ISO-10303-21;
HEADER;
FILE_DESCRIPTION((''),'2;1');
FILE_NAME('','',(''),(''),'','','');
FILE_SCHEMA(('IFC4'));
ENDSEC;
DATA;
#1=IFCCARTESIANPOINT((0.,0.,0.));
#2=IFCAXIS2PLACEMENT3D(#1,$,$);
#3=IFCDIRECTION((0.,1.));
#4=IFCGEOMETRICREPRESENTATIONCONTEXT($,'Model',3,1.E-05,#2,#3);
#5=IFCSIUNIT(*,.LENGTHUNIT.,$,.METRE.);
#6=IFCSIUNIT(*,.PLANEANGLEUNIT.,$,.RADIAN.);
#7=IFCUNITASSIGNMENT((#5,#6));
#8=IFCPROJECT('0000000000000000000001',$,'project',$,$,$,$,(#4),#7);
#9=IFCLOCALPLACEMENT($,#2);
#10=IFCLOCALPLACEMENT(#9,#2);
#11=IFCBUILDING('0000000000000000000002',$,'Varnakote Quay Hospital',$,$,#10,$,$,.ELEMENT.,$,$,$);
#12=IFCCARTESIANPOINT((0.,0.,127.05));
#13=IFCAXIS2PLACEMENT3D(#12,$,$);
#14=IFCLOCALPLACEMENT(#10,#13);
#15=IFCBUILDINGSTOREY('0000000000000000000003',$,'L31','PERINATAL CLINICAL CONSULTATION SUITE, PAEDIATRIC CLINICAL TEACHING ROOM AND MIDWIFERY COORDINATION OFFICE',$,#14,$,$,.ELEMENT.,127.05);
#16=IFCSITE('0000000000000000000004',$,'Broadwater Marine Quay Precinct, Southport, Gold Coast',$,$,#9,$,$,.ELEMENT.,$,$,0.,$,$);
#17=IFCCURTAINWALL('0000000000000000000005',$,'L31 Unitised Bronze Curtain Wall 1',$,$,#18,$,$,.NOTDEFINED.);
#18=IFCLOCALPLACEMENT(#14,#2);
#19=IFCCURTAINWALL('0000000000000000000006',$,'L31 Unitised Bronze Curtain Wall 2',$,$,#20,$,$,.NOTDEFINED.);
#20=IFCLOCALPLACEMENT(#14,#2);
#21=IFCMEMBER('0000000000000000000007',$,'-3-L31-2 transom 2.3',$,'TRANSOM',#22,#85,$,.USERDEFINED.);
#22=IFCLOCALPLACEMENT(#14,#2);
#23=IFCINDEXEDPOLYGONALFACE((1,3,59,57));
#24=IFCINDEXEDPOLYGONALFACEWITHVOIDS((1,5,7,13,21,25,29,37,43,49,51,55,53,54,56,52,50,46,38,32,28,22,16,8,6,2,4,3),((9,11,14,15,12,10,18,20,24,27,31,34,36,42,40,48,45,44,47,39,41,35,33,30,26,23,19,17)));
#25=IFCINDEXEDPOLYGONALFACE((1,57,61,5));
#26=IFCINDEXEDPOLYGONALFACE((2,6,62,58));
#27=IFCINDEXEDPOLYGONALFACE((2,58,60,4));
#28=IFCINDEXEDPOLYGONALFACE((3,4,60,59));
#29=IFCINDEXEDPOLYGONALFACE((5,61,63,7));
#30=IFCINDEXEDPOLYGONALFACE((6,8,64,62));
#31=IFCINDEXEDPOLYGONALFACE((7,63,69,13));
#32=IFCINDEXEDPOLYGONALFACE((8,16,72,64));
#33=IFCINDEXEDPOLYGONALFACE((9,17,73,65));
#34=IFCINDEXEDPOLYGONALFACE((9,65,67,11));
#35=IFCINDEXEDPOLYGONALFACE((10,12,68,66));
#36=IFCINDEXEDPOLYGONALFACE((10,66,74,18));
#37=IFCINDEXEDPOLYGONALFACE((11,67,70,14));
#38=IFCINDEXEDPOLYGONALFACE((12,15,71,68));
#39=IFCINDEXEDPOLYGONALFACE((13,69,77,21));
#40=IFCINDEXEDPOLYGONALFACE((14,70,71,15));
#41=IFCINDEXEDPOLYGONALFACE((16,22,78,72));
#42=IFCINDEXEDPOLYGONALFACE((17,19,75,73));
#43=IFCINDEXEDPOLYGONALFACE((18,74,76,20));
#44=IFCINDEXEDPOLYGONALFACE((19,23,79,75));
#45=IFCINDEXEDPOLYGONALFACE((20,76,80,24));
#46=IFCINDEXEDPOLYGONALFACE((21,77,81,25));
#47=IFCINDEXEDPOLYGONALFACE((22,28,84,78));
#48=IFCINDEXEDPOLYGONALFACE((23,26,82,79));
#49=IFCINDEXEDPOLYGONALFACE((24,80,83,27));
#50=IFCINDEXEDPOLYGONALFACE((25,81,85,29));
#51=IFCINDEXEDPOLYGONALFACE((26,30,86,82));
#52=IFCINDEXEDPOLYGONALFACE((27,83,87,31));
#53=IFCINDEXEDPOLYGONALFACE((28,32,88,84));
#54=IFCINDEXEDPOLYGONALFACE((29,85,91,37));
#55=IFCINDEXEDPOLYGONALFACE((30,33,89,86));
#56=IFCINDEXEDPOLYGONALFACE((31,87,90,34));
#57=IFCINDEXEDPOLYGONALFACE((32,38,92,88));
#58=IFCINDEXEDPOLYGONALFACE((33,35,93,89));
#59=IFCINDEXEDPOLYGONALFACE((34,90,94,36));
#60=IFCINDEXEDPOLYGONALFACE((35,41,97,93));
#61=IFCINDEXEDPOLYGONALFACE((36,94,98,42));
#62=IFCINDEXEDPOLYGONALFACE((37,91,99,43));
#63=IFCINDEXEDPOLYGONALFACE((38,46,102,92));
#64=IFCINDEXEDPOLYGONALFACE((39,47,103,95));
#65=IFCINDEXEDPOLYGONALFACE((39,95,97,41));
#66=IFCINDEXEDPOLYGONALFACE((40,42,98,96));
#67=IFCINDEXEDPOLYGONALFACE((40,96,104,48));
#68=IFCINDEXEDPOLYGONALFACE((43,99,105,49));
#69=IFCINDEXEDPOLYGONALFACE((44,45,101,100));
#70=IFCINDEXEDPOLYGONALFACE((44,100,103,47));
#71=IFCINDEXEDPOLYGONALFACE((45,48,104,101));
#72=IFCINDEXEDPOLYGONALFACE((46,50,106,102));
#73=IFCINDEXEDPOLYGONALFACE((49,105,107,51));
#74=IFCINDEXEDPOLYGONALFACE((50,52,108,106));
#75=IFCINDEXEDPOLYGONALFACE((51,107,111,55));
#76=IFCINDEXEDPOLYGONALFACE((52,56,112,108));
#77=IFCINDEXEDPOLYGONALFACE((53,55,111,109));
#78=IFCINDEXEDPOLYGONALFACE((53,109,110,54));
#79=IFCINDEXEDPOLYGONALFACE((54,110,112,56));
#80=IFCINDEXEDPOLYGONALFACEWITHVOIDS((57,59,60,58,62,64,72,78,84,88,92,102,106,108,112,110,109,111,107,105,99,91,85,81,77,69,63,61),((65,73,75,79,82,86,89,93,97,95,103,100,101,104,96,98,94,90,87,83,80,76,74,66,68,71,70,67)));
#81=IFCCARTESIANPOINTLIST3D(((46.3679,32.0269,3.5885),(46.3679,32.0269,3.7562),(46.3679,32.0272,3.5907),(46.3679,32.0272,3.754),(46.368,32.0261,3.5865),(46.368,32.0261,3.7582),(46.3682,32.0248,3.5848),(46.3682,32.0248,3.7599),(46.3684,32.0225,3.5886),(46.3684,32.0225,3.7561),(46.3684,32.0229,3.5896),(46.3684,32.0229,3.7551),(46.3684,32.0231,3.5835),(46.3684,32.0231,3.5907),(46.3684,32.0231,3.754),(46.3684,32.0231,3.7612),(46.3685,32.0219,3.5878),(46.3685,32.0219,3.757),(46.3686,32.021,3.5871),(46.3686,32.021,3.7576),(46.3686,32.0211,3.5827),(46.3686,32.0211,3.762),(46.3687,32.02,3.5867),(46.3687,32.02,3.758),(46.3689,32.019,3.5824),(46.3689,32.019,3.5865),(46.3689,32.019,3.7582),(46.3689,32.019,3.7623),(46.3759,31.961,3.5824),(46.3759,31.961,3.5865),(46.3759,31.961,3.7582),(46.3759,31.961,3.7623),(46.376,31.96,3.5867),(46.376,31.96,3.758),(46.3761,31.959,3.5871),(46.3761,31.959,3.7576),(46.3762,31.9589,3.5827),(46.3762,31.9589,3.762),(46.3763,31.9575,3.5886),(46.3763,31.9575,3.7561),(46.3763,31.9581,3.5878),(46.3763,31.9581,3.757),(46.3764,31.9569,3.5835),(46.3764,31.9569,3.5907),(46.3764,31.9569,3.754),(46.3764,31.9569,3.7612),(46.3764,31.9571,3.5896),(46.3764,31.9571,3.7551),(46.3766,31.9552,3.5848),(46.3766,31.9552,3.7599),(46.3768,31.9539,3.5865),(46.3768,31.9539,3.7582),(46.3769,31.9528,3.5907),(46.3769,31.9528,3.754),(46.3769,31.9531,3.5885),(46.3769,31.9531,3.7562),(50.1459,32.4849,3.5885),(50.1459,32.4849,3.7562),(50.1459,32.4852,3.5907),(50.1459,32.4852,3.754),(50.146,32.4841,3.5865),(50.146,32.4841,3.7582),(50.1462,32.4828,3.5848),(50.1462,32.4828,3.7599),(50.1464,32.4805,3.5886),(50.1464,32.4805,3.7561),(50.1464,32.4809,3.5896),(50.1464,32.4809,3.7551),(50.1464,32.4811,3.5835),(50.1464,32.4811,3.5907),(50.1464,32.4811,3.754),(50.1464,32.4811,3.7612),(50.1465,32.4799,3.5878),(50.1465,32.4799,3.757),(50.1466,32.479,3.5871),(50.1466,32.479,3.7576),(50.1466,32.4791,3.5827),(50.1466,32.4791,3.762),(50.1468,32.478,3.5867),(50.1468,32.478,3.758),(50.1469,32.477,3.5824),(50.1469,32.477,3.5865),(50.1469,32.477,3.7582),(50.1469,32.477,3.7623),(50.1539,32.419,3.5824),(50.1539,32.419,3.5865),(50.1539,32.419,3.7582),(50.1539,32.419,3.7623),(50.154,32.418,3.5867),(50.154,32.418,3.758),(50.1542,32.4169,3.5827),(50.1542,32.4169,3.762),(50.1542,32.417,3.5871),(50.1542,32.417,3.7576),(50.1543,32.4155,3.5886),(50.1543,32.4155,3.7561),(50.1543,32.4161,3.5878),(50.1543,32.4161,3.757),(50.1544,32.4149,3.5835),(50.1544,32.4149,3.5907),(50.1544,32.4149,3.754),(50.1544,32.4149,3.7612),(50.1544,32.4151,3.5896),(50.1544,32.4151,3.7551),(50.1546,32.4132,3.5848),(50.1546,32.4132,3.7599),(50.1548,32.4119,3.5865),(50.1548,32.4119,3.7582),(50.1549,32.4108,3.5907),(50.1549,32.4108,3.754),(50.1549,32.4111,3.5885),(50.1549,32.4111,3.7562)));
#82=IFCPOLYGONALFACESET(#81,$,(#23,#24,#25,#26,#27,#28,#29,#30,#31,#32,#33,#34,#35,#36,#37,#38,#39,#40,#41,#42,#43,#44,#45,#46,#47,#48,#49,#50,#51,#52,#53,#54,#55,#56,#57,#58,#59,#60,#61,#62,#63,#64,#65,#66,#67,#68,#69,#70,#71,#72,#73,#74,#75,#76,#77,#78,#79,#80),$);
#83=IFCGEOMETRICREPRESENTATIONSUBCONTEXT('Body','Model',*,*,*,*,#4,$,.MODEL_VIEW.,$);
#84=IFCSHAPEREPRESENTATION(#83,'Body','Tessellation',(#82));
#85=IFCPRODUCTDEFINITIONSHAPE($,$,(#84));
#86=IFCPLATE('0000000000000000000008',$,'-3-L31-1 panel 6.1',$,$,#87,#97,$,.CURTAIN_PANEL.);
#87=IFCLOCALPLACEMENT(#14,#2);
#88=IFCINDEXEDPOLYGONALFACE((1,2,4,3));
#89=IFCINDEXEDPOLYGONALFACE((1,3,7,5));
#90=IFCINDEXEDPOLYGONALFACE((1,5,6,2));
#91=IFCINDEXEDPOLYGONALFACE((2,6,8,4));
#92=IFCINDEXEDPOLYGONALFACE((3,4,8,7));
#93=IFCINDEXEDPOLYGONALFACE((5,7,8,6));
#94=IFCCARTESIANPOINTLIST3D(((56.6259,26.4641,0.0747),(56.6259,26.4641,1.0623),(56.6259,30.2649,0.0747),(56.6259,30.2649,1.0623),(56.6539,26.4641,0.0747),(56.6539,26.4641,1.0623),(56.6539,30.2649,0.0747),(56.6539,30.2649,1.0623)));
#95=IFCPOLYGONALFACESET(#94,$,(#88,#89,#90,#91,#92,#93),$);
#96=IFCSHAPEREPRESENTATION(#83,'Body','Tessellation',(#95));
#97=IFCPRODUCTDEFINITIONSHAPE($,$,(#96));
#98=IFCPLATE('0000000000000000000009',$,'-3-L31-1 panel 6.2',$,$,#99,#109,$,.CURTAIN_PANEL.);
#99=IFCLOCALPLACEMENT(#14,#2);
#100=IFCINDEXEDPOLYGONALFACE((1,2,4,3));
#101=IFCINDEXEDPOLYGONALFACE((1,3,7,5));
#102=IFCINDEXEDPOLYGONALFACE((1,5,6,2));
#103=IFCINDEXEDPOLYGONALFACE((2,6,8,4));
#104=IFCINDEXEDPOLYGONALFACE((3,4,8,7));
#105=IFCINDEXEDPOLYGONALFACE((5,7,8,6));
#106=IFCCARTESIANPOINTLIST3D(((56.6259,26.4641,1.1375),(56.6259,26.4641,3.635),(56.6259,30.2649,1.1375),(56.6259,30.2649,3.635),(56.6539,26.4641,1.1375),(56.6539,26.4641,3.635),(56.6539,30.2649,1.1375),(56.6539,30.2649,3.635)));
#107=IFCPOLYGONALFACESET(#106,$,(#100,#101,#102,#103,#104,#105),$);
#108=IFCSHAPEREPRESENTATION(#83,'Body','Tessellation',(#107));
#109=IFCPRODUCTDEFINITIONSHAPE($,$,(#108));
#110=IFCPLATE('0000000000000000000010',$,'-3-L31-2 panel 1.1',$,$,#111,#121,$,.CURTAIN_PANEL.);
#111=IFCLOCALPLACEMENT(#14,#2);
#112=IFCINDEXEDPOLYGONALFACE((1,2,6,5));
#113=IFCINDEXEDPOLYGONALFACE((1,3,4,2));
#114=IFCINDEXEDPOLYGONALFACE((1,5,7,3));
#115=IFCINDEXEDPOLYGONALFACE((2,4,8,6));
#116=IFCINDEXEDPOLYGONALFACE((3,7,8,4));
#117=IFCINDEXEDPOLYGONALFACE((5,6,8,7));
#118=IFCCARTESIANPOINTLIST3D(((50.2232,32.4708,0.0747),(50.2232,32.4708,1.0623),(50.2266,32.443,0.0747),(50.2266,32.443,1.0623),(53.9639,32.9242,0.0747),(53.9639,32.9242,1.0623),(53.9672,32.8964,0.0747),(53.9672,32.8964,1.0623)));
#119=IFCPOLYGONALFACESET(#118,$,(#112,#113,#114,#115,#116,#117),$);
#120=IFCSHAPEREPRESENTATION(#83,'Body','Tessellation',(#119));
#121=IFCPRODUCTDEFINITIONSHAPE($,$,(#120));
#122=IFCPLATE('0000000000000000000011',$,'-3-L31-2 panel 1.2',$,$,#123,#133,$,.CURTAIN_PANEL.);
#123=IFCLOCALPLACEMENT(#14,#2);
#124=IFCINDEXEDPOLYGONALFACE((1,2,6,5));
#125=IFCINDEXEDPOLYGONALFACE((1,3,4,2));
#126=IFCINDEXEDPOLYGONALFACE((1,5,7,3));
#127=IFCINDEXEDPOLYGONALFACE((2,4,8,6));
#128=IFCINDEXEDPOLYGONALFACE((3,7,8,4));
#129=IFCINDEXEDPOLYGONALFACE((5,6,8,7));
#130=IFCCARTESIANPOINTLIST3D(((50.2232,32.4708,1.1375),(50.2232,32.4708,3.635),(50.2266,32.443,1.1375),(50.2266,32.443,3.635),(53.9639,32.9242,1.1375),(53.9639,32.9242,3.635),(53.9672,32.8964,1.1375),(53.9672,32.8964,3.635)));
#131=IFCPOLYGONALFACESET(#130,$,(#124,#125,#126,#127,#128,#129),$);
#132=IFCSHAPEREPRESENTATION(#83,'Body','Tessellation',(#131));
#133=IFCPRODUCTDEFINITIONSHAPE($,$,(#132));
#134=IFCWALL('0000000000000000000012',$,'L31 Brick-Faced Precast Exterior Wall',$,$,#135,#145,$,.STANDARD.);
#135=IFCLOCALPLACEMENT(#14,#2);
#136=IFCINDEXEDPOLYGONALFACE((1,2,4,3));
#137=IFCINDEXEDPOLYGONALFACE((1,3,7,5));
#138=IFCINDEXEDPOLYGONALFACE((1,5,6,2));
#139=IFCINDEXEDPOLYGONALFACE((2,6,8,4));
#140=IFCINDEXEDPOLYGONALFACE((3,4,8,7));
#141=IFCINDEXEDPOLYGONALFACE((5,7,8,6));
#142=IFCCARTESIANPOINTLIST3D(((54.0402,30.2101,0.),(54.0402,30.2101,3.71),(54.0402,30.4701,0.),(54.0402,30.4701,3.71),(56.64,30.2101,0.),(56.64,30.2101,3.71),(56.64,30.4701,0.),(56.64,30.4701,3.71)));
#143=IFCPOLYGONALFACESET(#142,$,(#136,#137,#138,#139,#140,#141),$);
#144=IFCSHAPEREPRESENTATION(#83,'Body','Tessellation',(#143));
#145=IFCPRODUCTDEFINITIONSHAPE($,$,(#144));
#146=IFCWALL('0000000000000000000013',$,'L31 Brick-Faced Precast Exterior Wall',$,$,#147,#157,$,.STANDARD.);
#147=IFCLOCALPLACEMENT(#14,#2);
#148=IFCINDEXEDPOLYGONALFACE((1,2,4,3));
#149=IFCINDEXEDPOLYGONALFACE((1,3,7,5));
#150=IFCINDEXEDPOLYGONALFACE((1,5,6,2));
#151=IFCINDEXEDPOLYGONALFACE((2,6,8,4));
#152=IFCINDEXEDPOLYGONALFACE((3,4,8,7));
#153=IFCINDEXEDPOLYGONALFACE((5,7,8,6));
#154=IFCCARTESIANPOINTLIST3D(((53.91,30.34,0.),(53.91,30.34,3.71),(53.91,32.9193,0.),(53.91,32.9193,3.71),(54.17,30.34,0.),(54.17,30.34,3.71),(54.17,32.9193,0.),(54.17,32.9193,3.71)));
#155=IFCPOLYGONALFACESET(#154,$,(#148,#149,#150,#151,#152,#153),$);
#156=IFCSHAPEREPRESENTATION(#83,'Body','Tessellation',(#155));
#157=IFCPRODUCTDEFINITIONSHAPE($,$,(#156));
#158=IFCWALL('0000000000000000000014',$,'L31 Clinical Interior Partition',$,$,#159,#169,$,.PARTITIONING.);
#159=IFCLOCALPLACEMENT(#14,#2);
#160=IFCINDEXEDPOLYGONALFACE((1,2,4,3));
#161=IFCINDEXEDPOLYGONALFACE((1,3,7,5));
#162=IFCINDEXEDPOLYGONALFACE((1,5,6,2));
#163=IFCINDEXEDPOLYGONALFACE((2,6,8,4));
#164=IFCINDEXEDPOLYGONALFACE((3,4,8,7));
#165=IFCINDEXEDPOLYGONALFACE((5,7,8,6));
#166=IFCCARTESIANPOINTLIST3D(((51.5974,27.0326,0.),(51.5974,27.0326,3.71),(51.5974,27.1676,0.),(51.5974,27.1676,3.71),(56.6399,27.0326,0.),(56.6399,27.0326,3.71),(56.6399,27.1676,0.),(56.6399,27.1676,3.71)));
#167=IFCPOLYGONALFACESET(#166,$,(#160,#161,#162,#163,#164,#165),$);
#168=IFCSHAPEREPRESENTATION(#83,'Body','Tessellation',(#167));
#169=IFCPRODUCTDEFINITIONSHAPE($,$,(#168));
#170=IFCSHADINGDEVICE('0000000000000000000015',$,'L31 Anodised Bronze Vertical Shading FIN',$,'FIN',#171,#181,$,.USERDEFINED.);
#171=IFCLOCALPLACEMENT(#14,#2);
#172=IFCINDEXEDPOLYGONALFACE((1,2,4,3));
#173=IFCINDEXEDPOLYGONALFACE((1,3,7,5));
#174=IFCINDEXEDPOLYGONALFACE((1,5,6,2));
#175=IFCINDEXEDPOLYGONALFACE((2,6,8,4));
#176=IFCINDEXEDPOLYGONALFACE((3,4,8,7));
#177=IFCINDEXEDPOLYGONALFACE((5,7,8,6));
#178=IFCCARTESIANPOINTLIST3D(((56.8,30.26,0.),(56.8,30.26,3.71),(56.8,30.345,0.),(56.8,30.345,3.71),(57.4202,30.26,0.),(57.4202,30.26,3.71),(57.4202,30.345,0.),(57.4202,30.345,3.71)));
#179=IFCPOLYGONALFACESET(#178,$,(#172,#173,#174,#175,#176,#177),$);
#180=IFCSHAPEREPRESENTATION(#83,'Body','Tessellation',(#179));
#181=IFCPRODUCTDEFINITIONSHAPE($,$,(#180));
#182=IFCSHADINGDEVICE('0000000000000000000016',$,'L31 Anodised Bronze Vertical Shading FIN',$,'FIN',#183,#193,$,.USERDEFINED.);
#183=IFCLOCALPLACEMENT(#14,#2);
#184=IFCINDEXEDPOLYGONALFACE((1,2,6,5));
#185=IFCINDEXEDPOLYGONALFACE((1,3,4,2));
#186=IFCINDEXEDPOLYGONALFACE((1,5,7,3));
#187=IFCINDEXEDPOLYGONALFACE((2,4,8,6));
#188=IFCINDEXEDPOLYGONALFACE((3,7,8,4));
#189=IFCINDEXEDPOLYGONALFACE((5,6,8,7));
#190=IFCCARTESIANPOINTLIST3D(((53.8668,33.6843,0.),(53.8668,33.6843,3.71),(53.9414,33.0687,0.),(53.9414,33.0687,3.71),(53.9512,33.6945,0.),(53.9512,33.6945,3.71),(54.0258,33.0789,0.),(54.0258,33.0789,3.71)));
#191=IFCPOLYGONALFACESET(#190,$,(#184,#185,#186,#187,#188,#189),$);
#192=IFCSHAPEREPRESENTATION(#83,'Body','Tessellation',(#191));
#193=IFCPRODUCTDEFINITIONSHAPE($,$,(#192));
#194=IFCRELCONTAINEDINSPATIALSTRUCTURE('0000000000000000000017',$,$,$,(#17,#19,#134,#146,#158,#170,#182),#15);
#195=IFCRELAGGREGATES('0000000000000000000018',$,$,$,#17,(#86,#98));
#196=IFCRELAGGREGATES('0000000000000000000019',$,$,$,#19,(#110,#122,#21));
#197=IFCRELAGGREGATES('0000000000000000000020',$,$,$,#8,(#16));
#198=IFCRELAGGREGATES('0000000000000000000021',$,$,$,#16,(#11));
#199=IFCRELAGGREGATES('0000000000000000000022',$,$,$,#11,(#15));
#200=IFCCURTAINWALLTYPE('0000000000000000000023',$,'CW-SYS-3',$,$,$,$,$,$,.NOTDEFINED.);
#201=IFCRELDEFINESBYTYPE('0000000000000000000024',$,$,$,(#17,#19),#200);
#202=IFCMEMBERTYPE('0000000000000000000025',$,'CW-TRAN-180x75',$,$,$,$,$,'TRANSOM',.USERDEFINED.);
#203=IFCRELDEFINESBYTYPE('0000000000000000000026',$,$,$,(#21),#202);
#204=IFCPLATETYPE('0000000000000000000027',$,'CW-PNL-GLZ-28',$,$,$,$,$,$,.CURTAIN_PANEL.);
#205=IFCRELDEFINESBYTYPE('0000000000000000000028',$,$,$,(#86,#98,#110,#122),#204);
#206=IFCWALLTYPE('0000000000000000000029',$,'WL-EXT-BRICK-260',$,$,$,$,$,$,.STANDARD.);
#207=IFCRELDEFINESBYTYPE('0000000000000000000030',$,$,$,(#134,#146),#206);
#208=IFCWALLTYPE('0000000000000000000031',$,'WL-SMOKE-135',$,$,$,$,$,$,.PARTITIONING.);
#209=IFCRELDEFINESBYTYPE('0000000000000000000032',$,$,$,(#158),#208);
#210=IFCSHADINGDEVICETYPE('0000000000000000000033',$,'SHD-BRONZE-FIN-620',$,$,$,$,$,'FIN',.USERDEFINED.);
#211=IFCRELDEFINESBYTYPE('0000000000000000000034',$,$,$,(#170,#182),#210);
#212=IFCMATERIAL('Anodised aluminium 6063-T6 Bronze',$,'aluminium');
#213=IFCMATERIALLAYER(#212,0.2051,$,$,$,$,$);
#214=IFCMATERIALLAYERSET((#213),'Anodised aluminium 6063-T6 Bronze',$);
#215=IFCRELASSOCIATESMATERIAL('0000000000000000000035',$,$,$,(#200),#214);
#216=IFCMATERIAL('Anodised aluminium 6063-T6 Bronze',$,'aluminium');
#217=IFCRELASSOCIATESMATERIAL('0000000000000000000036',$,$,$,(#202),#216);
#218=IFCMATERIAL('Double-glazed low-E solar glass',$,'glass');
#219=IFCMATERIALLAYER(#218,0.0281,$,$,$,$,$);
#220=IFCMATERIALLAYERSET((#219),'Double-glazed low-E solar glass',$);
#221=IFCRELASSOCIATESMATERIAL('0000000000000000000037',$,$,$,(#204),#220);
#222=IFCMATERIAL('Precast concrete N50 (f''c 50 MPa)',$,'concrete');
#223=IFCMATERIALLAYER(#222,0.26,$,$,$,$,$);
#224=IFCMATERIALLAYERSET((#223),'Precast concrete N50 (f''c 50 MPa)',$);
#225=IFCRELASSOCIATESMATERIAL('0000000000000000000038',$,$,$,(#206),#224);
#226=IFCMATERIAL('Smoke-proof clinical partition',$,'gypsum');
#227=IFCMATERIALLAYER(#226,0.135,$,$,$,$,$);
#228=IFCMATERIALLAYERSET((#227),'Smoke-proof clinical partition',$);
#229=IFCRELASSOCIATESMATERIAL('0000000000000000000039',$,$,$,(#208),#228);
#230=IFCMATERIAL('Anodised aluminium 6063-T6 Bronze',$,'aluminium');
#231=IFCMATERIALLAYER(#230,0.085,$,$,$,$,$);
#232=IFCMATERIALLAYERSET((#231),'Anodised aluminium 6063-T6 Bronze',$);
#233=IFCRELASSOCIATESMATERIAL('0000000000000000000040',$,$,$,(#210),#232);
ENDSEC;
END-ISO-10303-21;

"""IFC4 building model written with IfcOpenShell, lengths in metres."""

from ifc_helpers import new_model, si_unit, direction, frame, frame_2d, origin, origin_2d, place, context, subcontext, project, spatial, rectangle, hollow_rectangle, extrude, material, layer, layer_set, material_profile, profile_set, type_object, element, aggregate, save


model = new_model("IFC4")

# Units and contexts
model_context = context("Model", 3, precision=1e-05, world=origin(), true_north=direction((0.0, 1.0)))
body_context = subcontext(model_context, "Body", "Model", "MODEL_VIEW")
ifc_project = project(units=[si_unit("LENGTHUNIT", "METRE"), si_unit("PLANEANGLEUNIT", "RADIAN")], contexts=[model_context])

# Site, building, storey
site_placement = place(None, origin())
site = spatial("IfcSite", under=ifc_project, at=site_placement, Name="Broadwater Marine Quay Precinct, Southport, Gold Coast", CompositionType="ELEMENT", RefElevation=0.0)
building_placement = place(site_placement, origin())
building = spatial("IfcBuilding", under=site, at=building_placement, Name="Varnakote Quay Hospital", CompositionType="ELEMENT")
storey_placement = place(building_placement, frame((0.0, 0.0, 127.05)))
storey = spatial("IfcBuildingStorey", under=building, at=storey_placement, Name="L31", Description="PERINATAL CLINICAL CONSULTATION SUITE, PAEDIATRIC CLINICAL TEACHING ROOM AND MIDWIFERY COORDINATION OFFICE", CompositionType="ELEMENT", Elevation=127.05)

# Curtain wall
ifc_material_1 = material(Name="Anodised aluminium 6063-T6 Bronze", Category="aluminium")
ifc_layer_1 = layer(ifc_material_1, 0.2051)
ifc_layer_set_1 = layer_set([ifc_layer_1], Name="Anodised aluminium 6063-T6 Bronze")
curtain_wall_type = type_object("IfcCurtainWallType", Name="CW-SYS-3", PredefinedType="NOTDEFINED", material=ifc_layer_set_1)
curtain_wall_1_placement = place(storey_placement, origin())
curtain_wall_1 = element("IfcCurtainWall", 1, at=curtain_wall_1_placement, inside=storey, type_object=curtain_wall_type, Name="L31 Unitised Bronze Curtain Wall 1", PredefinedType="NOTDEFINED")

# Curtain wall, member
curtain_wall_2_placement = place(storey_placement, origin())
curtain_wall_2 = element("IfcCurtainWall", 2, at=curtain_wall_2_placement, inside=storey, type_object=curtain_wall_type, Name="L31 Unitised Bronze Curtain Wall 2", PredefinedType="NOTDEFINED")
ifc_material_2 = material(Name="Anodised aluminium 6063-T6 Bronze", Category="aluminium")
ifc_material_profile_1 = material_profile(ifc_material_2, hollow_rectangle(XDim=0.075, YDim=0.1799, WallThickness=0.0042, InnerFilletRadius=0.0042, OuterFilletRadius=0.0083, at=origin_2d()), Name="CW-TRAN-180x75")
ifc_profile_set_1 = profile_set([ifc_material_profile_1], Name="Anodised aluminium 6063-T6 Bronze")
member_type_1 = type_object("IfcMemberType", Name="CW-TRAN-180x75", ElementType="TRANSOM", PredefinedType="USERDEFINED", material=ifc_profile_set_1)
member_1_placement = place(storey_placement, frame((50.1504, 32.448, 3.6724), z_axis=(-0.992732, -0.120347, 0.0), x_axis=(0.120347, -0.992732, 0.0)))
member_1 = element("IfcMember", 3, at=member_1_placement, type_object=member_type_1, Name="-3-L31-2 transom 2.3", ObjectType="TRANSOM", PredefinedType="USERDEFINED", context=body_context, shape_type="SweptSolid", body=[
    extrude(hollow_rectangle(XDim=0.075, YDim=0.1799, WallThickness=0.0042, InnerFilletRadius=0.0042, OuterFilletRadius=0.0083, at=origin_2d()), origin(), (0.0, 0.0, 1.0), 3.8057),
])

# Plates
ifc_material_3 = material(Name="Double-glazed low-E solar glass", Category="glass")
ifc_layer_2 = layer(ifc_material_3, 0.0281)
ifc_layer_set_2 = layer_set([ifc_layer_2], Name="Double-glazed low-E solar glass")
plate_type = type_object("IfcPlateType", Name="CW-PNL-GLZ-28", PredefinedType="CURTAIN_PANEL", material=ifc_layer_set_2)
plate_1_placement = place(storey_placement, frame((56.6399, 28.3645, 0.0747), z_axis=(0.0, 0.0, 1.0), x_axis=(0.0, 1.0, 0.0)))
plate_1 = element("IfcPlate", 4, at=plate_1_placement, type_object=plate_type, Name="-3-L31-1 panel 6.1", PredefinedType="CURTAIN_PANEL", context=body_context, shape_type="SweptSolid", body=[
    extrude(rectangle(XDim=3.8008, YDim=0.0281, at=origin_2d()), origin(), (0.0, 0.0, 1.0), 0.9875),
])
plate_2_placement = place(storey_placement, frame((56.6399, 28.3645, 1.1375), z_axis=(0.0, 0.0, 1.0), x_axis=(0.0, 1.0, 0.0)))
plate_2 = element("IfcPlate", 5, at=plate_2_placement, type_object=plate_type, Name="-3-L31-1 panel 6.2", PredefinedType="CURTAIN_PANEL", context=body_context, shape_type="SweptSolid", body=[
    extrude(rectangle(XDim=3.8008, YDim=0.0281, at=origin_2d()), origin(), (0.0, 0.0, 1.0), 2.4976),
])
aggregate(curtain_wall_1, [plate_1, plate_2])
plate_3_placement = place(storey_placement, frame((52.0952, 32.6836, 0.0747), z_axis=(0.0, 0.0, 1.0), x_axis=(-0.992734, -0.120327, 0.0)))
plate_3 = element("IfcPlate", 6, at=plate_3_placement, type_object=plate_type, Name="-3-L31-2 panel 1.1", PredefinedType="CURTAIN_PANEL", context=body_context, shape_type="SweptSolid", body=[
    extrude(rectangle(XDim=3.7681, YDim=0.0281, at=origin_2d()), origin(), (0.0, 0.0, 1.0), 0.9875),
])
plate_4_placement = place(storey_placement, frame((52.0952, 32.6836, 1.1375), z_axis=(0.0, 0.0, 1.0), x_axis=(-0.992734, -0.120327, 0.0)))
plate_4 = element("IfcPlate", 7, at=plate_4_placement, type_object=plate_type, Name="-3-L31-2 panel 1.2", PredefinedType="CURTAIN_PANEL", context=body_context, shape_type="SweptSolid", body=[
    extrude(rectangle(XDim=3.7681, YDim=0.0281, at=origin_2d()), origin(), (0.0, 0.0, 1.0), 2.4976),
])
aggregate(curtain_wall_2, [plate_3, plate_4, member_1])

# Walls
ifc_material_4 = material(Name="Precast concrete N50 (f'c 50 MPa)", Category="concrete")
ifc_layer_3 = layer(ifc_material_4, 0.26)
ifc_layer_set_3 = layer_set([ifc_layer_3], Name="Precast concrete N50 (f'c 50 MPa)")
wall_type_1 = type_object("IfcWallType", Name="WL-EXT-BRICK-260", PredefinedType="STANDARD", material=ifc_layer_set_3)
wall_1_placement = place(storey_placement, frame((56.6399, 30.3401, 0.0), z_axis=(0.0, 0.0, 1.0), x_axis=(-1.0, 0.0, 0.0)))
element("IfcWall", 8, at=wall_1_placement, inside=storey, type_object=wall_type_1, Name="L31 Brick-Faced Precast Exterior Wall", PredefinedType="STANDARD", context=body_context, shape_type="SweptSolid", body=[
    extrude(rectangle(XDim=2.5999, YDim=0.26, at=frame_2d((1.2998, 0.0))), origin(), (0.0, 0.0, 1.0), 3.71),
])
wall_2_placement = place(storey_placement, frame((54.04, 30.3401, 0.0), z_axis=(0.0, 0.0, 1.0), x_axis=(0.0, 1.0, 0.0)))
element("IfcWall", 9, at=wall_2_placement, inside=storey, type_object=wall_type_1, Name="L31 Brick-Faced Precast Exterior Wall", PredefinedType="STANDARD", context=body_context, shape_type="SweptSolid", body=[
    extrude(rectangle(XDim=2.5793, YDim=0.26, at=frame_2d((1.2896, 0.0))), origin(), (0.0, 0.0, 1.0), 3.71),
])
ifc_material_5 = material(Name="Smoke-proof clinical partition", Category="gypsum")
ifc_layer_4 = layer(ifc_material_5, 0.135)
ifc_layer_set_4 = layer_set([ifc_layer_4], Name="Smoke-proof clinical partition")
wall_type_2 = type_object("IfcWallType", Name="WL-SMOKE-135", PredefinedType="PARTITIONING", material=ifc_layer_set_4)
wall_3_placement = place(storey_placement, frame((56.6399, 27.1001, 0.0), z_axis=(0.0, 0.0, 1.0), x_axis=(-1.0, 0.0, 0.0)))
element("IfcWall", 10, at=wall_3_placement, inside=storey, type_object=wall_type_2, Name="L31 Clinical Interior Partition", PredefinedType="PARTITIONING", context=body_context, shape_type="SweptSolid", body=[
    extrude(rectangle(XDim=5.0425, YDim=0.135, at=frame_2d((2.5212, 0.0))), origin(), (0.0, 0.0, 1.0), 3.71),
])

# Shading devices
ifc_material_6 = material(Name="Anodised aluminium 6063-T6 Bronze", Category="aluminium")
ifc_layer_5 = layer(ifc_material_6, 0.085)
ifc_layer_set_5 = layer_set([ifc_layer_5], Name="Anodised aluminium 6063-T6 Bronze")
shading_device_type = type_object("IfcShadingDeviceType", Name="SHD-BRONZE-FIN-620", ElementType="FIN", PredefinedType="USERDEFINED", material=ifc_layer_set_5)
for number, where, z_axis, x_axis, name in (
    (11, (57.1101, 30.3025, 0.0), (0.0, 0.0, 1.0), (-1.0, 0.0, 0.0), "L31 Anodised Bronze Vertical Shading FIN"),
    (12, (53.9463, 33.3816, 0.0), (0.0, 0.0, 1.0), (0.12031, -0.992736, 0.0), "L31 Anodised Bronze Vertical Shading FIN"),
):
    element("IfcShadingDevice", number, at=place(storey_placement, frame(where, z_axis=z_axis, x_axis=x_axis)), inside=storey, type_object=shading_device_type, Name=name, ObjectType="FIN", PredefinedType="USERDEFINED", context=body_context, shape_type="SweptSolid", body=[
        extrude(rectangle(XDim=0.6201, YDim=0.085, at=origin_2d()), origin(), (0.0, 0.0, 1.0), 3.71),
    ])

save(model, "model.ifc")
